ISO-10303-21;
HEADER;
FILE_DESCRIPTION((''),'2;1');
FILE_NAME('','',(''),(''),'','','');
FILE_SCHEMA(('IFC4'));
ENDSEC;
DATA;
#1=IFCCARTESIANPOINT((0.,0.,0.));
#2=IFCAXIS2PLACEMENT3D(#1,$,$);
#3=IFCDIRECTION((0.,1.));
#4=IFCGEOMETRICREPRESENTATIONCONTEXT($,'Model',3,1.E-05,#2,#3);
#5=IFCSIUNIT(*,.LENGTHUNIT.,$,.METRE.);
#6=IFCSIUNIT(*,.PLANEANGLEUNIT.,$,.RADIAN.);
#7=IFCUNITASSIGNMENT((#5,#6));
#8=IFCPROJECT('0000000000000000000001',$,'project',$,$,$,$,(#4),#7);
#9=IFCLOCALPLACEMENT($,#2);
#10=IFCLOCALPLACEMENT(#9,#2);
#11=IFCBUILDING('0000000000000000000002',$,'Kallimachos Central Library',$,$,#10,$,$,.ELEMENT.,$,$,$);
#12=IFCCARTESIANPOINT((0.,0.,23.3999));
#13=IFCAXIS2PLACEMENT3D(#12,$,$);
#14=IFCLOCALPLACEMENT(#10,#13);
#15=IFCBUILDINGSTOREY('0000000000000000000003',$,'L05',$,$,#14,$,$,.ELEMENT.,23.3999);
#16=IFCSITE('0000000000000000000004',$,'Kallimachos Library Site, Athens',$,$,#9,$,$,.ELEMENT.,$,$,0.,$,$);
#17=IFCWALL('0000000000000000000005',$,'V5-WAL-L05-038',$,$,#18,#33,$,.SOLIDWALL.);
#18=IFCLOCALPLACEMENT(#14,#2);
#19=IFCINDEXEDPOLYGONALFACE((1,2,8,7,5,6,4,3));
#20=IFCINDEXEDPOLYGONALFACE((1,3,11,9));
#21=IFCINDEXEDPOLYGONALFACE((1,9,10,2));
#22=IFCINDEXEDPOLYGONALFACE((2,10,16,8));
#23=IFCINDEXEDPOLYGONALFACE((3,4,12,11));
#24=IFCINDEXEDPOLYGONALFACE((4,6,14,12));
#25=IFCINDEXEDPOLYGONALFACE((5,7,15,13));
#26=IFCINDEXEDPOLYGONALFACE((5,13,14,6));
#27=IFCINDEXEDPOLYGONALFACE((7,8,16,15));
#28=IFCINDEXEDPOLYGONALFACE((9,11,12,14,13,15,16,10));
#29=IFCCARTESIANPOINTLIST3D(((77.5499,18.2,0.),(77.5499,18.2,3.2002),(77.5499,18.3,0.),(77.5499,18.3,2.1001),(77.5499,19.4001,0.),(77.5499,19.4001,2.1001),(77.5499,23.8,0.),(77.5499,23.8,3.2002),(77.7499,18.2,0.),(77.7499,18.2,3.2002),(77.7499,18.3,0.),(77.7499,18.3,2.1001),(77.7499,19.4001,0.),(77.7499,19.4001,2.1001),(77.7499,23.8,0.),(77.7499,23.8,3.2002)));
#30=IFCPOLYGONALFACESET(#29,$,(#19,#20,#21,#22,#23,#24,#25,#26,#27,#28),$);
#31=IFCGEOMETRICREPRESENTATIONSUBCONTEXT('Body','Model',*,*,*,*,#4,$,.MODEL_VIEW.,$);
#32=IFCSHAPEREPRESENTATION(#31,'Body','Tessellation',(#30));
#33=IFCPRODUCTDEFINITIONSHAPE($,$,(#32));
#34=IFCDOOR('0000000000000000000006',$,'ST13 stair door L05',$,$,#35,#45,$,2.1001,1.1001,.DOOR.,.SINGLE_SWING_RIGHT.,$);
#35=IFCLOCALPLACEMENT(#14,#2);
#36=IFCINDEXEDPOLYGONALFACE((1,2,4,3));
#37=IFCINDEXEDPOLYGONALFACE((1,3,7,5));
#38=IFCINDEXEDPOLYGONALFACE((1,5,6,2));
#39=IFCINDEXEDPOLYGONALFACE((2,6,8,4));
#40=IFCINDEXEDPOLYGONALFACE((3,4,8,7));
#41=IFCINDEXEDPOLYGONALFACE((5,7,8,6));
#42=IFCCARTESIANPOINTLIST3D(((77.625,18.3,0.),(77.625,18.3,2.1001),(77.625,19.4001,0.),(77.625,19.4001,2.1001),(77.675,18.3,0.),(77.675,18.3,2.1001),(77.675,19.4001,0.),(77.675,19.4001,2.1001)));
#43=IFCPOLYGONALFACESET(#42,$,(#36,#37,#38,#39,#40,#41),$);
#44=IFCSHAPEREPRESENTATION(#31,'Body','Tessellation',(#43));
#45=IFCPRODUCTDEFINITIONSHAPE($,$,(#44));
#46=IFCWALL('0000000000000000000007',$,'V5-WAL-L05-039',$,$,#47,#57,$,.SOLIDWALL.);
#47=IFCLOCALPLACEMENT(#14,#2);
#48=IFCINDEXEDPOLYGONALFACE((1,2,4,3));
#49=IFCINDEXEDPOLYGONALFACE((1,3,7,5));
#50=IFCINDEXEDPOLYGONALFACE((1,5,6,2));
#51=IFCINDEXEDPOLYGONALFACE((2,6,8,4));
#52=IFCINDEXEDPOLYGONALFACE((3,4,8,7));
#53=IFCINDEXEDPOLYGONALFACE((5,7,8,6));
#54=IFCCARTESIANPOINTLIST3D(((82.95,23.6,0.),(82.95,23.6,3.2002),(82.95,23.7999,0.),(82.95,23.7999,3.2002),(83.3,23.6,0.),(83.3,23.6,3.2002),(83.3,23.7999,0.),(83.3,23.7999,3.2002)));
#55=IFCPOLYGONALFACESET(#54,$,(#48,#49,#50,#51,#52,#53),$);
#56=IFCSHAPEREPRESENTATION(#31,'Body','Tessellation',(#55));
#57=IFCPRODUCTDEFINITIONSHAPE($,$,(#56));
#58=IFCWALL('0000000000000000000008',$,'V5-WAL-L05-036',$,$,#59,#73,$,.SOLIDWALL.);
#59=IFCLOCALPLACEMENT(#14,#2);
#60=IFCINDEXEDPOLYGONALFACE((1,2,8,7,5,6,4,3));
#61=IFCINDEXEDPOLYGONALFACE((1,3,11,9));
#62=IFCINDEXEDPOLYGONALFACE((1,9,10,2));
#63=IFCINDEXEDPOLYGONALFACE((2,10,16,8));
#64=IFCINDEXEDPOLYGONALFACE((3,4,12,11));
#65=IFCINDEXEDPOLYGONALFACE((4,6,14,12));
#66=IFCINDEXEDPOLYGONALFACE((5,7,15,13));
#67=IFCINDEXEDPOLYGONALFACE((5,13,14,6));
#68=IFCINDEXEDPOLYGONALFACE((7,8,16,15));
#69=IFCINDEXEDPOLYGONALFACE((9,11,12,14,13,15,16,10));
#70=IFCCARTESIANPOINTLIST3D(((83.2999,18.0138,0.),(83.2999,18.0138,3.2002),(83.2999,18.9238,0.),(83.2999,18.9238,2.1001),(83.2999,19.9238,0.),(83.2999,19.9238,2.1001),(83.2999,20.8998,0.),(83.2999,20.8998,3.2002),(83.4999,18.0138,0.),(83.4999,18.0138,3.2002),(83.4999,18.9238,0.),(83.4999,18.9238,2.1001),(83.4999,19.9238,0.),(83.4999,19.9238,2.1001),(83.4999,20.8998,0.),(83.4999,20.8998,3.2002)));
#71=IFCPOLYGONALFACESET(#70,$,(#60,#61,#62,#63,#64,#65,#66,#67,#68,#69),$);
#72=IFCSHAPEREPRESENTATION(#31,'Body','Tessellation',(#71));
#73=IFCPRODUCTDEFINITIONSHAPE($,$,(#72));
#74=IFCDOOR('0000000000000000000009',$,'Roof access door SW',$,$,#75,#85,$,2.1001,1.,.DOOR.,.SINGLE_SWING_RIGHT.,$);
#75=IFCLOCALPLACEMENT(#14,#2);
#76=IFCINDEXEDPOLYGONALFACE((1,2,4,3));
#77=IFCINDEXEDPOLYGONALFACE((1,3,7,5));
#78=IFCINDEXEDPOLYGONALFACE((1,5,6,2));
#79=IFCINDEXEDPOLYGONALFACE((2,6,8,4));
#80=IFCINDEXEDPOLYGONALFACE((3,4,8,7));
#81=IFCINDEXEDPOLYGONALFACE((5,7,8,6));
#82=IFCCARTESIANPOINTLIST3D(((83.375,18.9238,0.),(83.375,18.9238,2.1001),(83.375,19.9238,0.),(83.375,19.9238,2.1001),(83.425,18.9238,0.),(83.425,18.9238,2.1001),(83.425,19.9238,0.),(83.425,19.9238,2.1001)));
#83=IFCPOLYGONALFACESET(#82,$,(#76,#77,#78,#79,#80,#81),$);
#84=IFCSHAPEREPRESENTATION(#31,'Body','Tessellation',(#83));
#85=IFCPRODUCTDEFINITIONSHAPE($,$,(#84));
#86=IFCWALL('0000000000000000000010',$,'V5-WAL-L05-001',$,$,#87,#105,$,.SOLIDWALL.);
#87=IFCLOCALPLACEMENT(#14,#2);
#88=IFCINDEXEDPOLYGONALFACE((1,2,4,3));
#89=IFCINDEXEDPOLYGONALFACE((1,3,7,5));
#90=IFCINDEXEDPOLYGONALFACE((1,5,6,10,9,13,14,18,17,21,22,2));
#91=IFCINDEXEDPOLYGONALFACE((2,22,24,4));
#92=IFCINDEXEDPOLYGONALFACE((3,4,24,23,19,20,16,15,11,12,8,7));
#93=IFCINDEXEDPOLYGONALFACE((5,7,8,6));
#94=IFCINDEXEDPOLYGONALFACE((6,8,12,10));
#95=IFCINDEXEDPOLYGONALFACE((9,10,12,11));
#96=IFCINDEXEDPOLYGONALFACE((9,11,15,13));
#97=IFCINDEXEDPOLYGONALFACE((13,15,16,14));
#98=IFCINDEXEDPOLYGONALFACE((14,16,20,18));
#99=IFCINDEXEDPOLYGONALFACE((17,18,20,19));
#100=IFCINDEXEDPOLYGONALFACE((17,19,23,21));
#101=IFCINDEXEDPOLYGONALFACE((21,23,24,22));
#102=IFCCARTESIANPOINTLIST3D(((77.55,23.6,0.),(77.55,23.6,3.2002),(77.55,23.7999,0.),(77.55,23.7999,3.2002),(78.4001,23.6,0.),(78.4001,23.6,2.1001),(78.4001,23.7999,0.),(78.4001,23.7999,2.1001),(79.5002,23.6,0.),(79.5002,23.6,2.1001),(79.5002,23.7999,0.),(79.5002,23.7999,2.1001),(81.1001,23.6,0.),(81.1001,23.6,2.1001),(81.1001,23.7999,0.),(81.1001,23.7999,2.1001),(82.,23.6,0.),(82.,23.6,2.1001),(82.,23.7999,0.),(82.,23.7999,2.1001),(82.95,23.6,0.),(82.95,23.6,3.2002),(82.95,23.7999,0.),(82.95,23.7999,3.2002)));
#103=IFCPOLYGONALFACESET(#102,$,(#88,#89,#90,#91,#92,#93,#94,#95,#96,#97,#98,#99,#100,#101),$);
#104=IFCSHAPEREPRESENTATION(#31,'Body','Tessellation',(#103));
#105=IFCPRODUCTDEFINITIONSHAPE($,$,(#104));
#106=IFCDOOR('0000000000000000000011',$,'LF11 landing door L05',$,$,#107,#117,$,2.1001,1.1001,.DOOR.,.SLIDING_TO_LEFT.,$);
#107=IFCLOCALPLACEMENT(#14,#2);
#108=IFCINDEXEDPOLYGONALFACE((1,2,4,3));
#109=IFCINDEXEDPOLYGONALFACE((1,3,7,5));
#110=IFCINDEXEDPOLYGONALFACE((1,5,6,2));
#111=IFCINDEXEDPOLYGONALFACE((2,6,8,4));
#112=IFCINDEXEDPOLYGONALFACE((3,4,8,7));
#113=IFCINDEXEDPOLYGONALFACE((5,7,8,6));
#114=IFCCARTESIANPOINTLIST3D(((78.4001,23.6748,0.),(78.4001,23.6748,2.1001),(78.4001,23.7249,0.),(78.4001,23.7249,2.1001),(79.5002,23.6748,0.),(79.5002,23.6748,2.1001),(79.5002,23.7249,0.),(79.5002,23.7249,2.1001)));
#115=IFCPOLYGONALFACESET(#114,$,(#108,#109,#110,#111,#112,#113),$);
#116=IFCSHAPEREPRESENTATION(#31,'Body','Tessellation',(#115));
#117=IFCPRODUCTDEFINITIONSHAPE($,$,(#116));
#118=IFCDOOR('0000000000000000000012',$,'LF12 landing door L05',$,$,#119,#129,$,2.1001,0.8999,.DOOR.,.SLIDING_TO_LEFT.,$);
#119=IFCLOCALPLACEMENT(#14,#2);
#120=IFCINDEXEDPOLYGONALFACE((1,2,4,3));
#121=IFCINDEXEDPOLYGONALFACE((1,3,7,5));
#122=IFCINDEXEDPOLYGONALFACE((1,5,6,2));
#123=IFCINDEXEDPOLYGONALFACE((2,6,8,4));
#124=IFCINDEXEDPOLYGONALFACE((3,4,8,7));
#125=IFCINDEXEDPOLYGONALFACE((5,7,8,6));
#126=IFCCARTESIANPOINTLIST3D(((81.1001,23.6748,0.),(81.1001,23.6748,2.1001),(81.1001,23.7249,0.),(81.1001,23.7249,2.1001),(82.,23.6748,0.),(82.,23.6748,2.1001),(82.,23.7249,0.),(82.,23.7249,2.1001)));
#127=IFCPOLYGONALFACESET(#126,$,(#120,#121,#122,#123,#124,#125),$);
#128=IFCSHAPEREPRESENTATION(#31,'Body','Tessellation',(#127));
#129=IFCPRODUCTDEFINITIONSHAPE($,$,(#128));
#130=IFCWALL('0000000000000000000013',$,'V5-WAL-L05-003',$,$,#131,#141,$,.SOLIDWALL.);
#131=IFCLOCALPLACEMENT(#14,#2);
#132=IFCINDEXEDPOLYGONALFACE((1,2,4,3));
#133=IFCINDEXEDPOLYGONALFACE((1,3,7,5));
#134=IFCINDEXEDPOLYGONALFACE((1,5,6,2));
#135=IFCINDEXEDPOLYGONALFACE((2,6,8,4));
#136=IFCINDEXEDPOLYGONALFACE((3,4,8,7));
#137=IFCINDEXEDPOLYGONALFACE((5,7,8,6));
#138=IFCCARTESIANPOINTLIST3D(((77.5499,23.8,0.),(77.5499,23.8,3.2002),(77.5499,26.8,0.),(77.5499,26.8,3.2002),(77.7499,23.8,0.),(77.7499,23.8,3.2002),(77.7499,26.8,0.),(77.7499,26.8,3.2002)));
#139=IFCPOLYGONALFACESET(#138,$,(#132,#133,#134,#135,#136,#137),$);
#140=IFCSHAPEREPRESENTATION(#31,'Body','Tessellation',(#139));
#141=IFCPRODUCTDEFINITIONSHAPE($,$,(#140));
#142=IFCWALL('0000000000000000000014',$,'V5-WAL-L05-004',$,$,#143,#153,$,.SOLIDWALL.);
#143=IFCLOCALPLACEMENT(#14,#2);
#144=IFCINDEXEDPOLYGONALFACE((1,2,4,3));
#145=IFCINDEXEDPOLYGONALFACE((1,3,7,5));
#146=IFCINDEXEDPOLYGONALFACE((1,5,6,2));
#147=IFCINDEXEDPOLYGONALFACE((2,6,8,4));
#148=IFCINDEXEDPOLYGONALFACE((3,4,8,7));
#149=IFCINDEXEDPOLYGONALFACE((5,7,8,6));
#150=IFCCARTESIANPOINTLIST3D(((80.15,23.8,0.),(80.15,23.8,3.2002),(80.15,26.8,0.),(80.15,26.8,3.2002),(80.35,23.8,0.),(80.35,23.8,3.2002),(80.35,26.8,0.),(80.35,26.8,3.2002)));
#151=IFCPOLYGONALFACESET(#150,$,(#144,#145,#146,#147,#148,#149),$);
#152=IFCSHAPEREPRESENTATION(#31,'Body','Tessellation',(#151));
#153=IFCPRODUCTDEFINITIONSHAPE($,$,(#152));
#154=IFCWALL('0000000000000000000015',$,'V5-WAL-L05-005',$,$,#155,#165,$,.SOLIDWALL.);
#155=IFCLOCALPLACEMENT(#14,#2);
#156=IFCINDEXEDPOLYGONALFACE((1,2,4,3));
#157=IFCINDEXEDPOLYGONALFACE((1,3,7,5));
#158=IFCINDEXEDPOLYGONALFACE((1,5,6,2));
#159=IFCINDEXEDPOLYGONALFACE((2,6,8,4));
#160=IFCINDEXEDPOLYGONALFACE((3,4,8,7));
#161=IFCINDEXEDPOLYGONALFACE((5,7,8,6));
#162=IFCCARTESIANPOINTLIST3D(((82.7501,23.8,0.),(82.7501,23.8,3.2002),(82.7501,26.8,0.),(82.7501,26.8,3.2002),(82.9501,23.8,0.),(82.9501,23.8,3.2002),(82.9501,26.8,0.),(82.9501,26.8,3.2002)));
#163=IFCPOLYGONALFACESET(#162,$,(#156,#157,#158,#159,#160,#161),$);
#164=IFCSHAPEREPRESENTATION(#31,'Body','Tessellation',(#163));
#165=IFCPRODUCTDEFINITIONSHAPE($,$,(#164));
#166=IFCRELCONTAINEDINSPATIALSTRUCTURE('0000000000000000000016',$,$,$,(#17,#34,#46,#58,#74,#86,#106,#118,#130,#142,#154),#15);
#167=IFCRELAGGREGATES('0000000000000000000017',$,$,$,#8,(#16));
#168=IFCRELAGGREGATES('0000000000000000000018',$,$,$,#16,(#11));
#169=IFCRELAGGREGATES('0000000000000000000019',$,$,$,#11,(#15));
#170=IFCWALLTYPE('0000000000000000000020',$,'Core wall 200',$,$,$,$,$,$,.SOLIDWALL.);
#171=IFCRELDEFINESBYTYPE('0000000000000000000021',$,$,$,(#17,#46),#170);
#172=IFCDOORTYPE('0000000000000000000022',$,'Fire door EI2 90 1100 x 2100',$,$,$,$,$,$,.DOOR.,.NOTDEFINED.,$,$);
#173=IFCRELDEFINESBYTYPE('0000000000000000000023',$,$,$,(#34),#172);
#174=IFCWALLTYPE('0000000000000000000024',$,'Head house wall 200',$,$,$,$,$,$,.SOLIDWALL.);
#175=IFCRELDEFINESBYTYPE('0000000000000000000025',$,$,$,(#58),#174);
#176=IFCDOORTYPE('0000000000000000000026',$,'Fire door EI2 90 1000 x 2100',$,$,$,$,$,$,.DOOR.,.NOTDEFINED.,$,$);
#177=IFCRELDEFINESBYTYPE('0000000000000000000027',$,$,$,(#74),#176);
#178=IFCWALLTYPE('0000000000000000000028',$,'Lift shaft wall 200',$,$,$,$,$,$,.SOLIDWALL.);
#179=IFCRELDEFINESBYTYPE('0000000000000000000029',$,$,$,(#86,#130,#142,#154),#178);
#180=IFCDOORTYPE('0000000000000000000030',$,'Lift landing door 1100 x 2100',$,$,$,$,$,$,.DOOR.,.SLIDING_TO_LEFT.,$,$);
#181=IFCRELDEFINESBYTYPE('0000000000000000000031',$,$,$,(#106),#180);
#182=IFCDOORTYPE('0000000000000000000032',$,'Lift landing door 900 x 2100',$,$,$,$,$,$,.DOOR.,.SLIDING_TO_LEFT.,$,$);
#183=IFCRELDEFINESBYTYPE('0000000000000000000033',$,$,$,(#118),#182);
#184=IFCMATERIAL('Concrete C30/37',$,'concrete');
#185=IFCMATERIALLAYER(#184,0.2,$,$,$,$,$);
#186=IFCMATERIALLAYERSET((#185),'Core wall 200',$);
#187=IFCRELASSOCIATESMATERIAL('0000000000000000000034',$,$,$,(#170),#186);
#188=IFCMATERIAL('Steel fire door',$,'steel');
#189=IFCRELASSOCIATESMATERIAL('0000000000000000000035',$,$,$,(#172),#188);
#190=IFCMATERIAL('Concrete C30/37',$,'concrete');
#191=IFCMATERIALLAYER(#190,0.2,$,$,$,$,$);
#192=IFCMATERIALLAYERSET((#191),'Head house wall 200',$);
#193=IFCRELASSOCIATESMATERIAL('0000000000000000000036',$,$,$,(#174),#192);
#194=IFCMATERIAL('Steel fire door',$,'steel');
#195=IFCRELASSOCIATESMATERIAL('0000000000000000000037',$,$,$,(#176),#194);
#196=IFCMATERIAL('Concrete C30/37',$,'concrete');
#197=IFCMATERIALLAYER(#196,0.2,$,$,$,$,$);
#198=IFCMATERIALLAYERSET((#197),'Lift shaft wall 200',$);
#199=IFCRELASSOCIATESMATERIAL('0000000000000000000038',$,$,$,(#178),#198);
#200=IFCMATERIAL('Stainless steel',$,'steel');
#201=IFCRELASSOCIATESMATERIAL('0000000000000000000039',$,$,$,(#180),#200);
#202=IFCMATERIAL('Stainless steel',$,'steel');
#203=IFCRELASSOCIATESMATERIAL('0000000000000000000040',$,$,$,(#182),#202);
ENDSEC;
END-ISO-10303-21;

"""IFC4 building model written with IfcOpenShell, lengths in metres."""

from ifc_helpers import new_model, si_unit, direction, frame, frame_2d, origin, place, context, subcontext, project, spatial, rectangle, extrude, material, layer, layer_set, type_object, element, fill, save


model = new_model("IFC4")

# Units and contexts
model_context = context("Model", 3, precision=1e-05, world=origin(), true_north=direction((0.0, 1.0)))
body_context = subcontext(model_context, "Body", "Model", "MODEL_VIEW")
ifc_project = project(units=[si_unit("LENGTHUNIT", "METRE"), si_unit("PLANEANGLEUNIT", "RADIAN")], contexts=[model_context])

# Site, building, storey
site_placement = place(None, origin())
site = spatial("IfcSite", under=ifc_project, at=site_placement, Name="Kallimachos Library Site, Athens", CompositionType="ELEMENT", RefElevation=0.0)
building_placement = place(site_placement, origin())
building = spatial("IfcBuilding", under=site, at=building_placement, Name="Kallimachos Central Library", CompositionType="ELEMENT")
storey_placement = place(building_placement, frame((0.0, 0.0, 23.3999)))
storey = spatial("IfcBuildingStorey", under=building, at=storey_placement, Name="L05", CompositionType="ELEMENT", Elevation=23.3999)

# Wall, opening, door
ifc_material_1 = material(Name="Concrete C30/37", Category="concrete")
ifc_layer_1 = layer(ifc_material_1, 0.2)
ifc_layer_set_1 = layer_set([ifc_layer_1], Name="Core wall 200")
wall_type_1 = type_object("IfcWallType", Name="Core wall 200", PredefinedType="SOLIDWALL", material=ifc_layer_set_1)
wall_1_placement = place(storey_placement, frame((77.6499, 18.2, 0.0), z_axis=(0.0, 0.0, 1.0), x_axis=(0.0, 1.0, 0.0)))
wall_1 = element("IfcWall", 1, at=wall_1_placement, inside=storey, type_object=wall_type_1, Name="V5-WAL-L05-038", PredefinedType="SOLIDWALL", context=body_context, shape_type="SweptSolid", body=[
    extrude(rectangle(XDim=5.6001, YDim=0.2, at=frame_2d((2.8, 0.0))), origin(), (0.0, 0.0, 1.0), 3.2002),
])
opening_1_placement = place(wall_1_placement, frame((0.1001, 0.0, 0.0)))
opening_1 = element("IfcOpeningElement", 2, at=opening_1_placement, cuts=wall_1, PredefinedType="OPENING", context=body_context, shape_type="SweptSolid", body=[
    extrude(rectangle(XDim=1.1001, YDim=2.1001, at=frame_2d((0.55, 1.05))), frame((0.0, 0.1099, 0.0), z_axis=(0.0, -1.0, 0.0), x_axis=(1.0, 0.0, 0.0)), (0.0, 0.0, 1.0), 0.22),
])
ifc_material_2 = material(Name="Steel fire door", Category="steel")
door_type_1 = type_object("IfcDoorType", Name="Fire door EI2 90 1100 x 2100", OperationType="NOTDEFINED", PredefinedType="DOOR", material=ifc_material_2)
door_1_placement = place(opening_1_placement, origin())
door_1 = element("IfcDoor", 3, at=door_1_placement, inside=storey, type_object=door_type_1, Name="ST13 stair door L05", OperationType="SINGLE_SWING_RIGHT", OverallHeight=2.1001, OverallWidth=1.1001, PredefinedType="DOOR", context=body_context, shape_type="SweptSolid", body=[
    extrude(rectangle(XDim=1.1001, YDim=2.1001, at=frame_2d((0.55, 1.05))), frame((0.0, 0.0249, 0.0), z_axis=(0.0, -1.0, 0.0), x_axis=(1.0, 0.0, 0.0)), (0.0, 0.0, 1.0), 0.05),
])
fill(opening_1, door_1)

# Wall
wall_2_placement = place(storey_placement, frame((82.95, 23.7, 0.0), z_axis=(0.0, 0.0, 1.0), x_axis=(1.0, 0.0, 0.0)))
element("IfcWall", 4, at=wall_2_placement, inside=storey, type_object=wall_type_1, Name="V5-WAL-L05-039", PredefinedType="SOLIDWALL", context=body_context, shape_type="SweptSolid", body=[
    extrude(rectangle(XDim=0.3501, YDim=0.2, at=frame_2d((0.175, 0.0))), origin(), (0.0, 0.0, 1.0), 3.2002),
])

# Wall, opening, door
ifc_material_3 = material(Name="Concrete C30/37", Category="concrete")
ifc_layer_2 = layer(ifc_material_3, 0.2)
ifc_layer_set_2 = layer_set([ifc_layer_2], Name="Head house wall 200")
wall_type_2 = type_object("IfcWallType", Name="Head house wall 200", PredefinedType="SOLIDWALL", material=ifc_layer_set_2)
wall_3_placement = place(storey_placement, frame((83.3999, 18.0139, 0.0), z_axis=(0.0, 0.0, 1.0), x_axis=(0.0, 1.0, 0.0)))
wall_3 = element("IfcWall", 5, at=wall_3_placement, inside=storey, type_object=wall_type_2, Name="V5-WAL-L05-036", PredefinedType="SOLIDWALL", context=body_context, shape_type="SweptSolid", body=[
    extrude(rectangle(XDim=2.886, YDim=0.2, at=frame_2d((1.4429, 0.0))), origin(), (0.0, 0.0, 1.0), 3.2002),
])
opening_2_placement = place(wall_3_placement, frame((0.9099, 0.0, 0.0)))
opening_2 = element("IfcOpeningElement", 6, at=opening_2_placement, cuts=wall_3, PredefinedType="OPENING", context=body_context, shape_type="SweptSolid", body=[
    extrude(rectangle(XDim=1.0, YDim=2.1001, at=frame_2d((0.5, 1.05))), frame((0.0, 0.1099, 0.0), z_axis=(0.0, -1.0, 0.0), x_axis=(1.0, 0.0, 0.0)), (0.0, 0.0, 1.0), 0.22),
])
ifc_material_4 = material(Name="Steel fire door", Category="steel")
door_type_2 = type_object("IfcDoorType", Name="Fire door EI2 90 1000 x 2100", OperationType="NOTDEFINED", PredefinedType="DOOR", material=ifc_material_4)
door_2_placement = place(opening_2_placement, origin())
door_2 = element("IfcDoor", 7, at=door_2_placement, inside=storey, type_object=door_type_2, Name="Roof access door SW", OperationType="SINGLE_SWING_RIGHT", OverallHeight=2.1001, OverallWidth=1.0, PredefinedType="DOOR", context=body_context, shape_type="SweptSolid", body=[
    extrude(rectangle(XDim=1.0, YDim=2.1001, at=frame_2d((0.5, 1.05))), frame((0.0, 0.0249, 0.0), z_axis=(0.0, -1.0, 0.0), x_axis=(1.0, 0.0, 0.0)), (0.0, 0.0, 1.0), 0.05),
])
fill(opening_2, door_2)

# Wall, openings, doors
ifc_material_5 = material(Name="Concrete C30/37", Category="concrete")
ifc_layer_3 = layer(ifc_material_5, 0.2)
ifc_layer_set_3 = layer_set([ifc_layer_3], Name="Lift shaft wall 200")
wall_type_3 = type_object("IfcWallType", Name="Lift shaft wall 200", PredefinedType="SOLIDWALL", material=ifc_layer_set_3)
wall_4_placement = place(storey_placement, frame((77.55, 23.7, 0.0), z_axis=(0.0, 0.0, 1.0), x_axis=(1.0, 0.0, 0.0)))
wall_4 = element("IfcWall", 8, at=wall_4_placement, inside=storey, type_object=wall_type_3, Name="V5-WAL-L05-001", PredefinedType="SOLIDWALL", context=body_context, shape_type="SweptSolid", body=[
    extrude(rectangle(XDim=5.3999, YDim=0.2, at=frame_2d((2.7, 0.0))), origin(), (0.0, 0.0, 1.0), 3.2002),
])
opening_3_placement = place(wall_4_placement, frame((0.8501, 0.0, 0.0)))
opening_3 = element("IfcOpeningElement", 9, at=opening_3_placement, cuts=wall_4, PredefinedType="OPENING", context=body_context, shape_type="SweptSolid", body=[
    extrude(rectangle(XDim=1.1001, YDim=2.1001, at=frame_2d((0.55, 1.05))), frame((0.0, 0.1099, 0.0), z_axis=(0.0, -1.0, 0.0), x_axis=(1.0, 0.0, 0.0)), (0.0, 0.0, 1.0), 0.22),
])
opening_4_placement = place(wall_4_placement, frame((3.55, 0.0, 0.0)))
opening_4 = element("IfcOpeningElement", 10, at=opening_4_placement, cuts=wall_4, PredefinedType="OPENING", context=body_context, shape_type="SweptSolid", body=[
    extrude(rectangle(XDim=0.8999, YDim=2.1001, at=frame_2d((0.45, 1.05))), frame((0.0, 0.1099, 0.0), z_axis=(0.0, -1.0, 0.0), x_axis=(1.0, 0.0, 0.0)), (0.0, 0.0, 1.0), 0.22),
])
ifc_material_6 = material(Name="Stainless steel", Category="steel")
door_type_3 = type_object("IfcDoorType", Name="Lift landing door 1100 x 2100", OperationType="SLIDING_TO_LEFT", PredefinedType="DOOR", material=ifc_material_6)
door_3_placement = place(opening_3_placement, origin())
door_3 = element("IfcDoor", 11, at=door_3_placement, inside=storey, type_object=door_type_3, Name="LF11 landing door L05", OperationType="SLIDING_TO_LEFT", OverallHeight=2.1001, OverallWidth=1.1001, PredefinedType="DOOR", context=body_context, shape_type="SweptSolid", body=[
    extrude(rectangle(XDim=1.1001, YDim=2.1001, at=frame_2d((0.55, 1.05))), frame((0.0, 0.0249, 0.0), z_axis=(0.0, -1.0, 0.0), x_axis=(1.0, 0.0, 0.0)), (0.0, 0.0, 1.0), 0.05),
])
fill(opening_3, door_3)
ifc_material_7 = material(Name="Stainless steel", Category="steel")
door_type_4 = type_object("IfcDoorType", Name="Lift landing door 900 x 2100", OperationType="SLIDING_TO_LEFT", PredefinedType="DOOR", material=ifc_material_7)
door_4_placement = place(opening_4_placement, origin())
door_4 = element("IfcDoor", 12, at=door_4_placement, inside=storey, type_object=door_type_4, Name="LF12 landing door L05", OperationType="SLIDING_TO_LEFT", OverallHeight=2.1001, OverallWidth=0.8999, PredefinedType="DOOR", context=body_context, shape_type="SweptSolid", body=[
    extrude(rectangle(XDim=0.8999, YDim=2.1001, at=frame_2d((0.45, 1.05))), frame((0.0, 0.0249, 0.0), z_axis=(0.0, -1.0, 0.0), x_axis=(1.0, 0.0, 0.0)), (0.0, 0.0, 1.0), 0.05),
])
fill(opening_4, door_4)

# Walls
for number, where, z_axis, x_axis, name in (
    (13, (77.6499, 23.8, 0.0), (0.0, 0.0, 1.0), (0.0, 1.0, 0.0), "V5-WAL-L05-003"),
    (14, (80.25, 23.8, 0.0), (0.0, 0.0, 1.0), (0.0, 1.0, 0.0), "V5-WAL-L05-004"),
    (15, (82.8501, 23.8, 0.0), (0.0, 0.0, 1.0), (0.0, 1.0, 0.0), "V5-WAL-L05-005"),
):
    element("IfcWall", number, at=place(storey_placement, frame(where, z_axis=z_axis, x_axis=x_axis)), inside=storey, type_object=wall_type_3, Name=name, PredefinedType="SOLIDWALL", context=body_context, shape_type="SweptSolid", body=[
        extrude(rectangle(XDim=3.0, YDim=0.2, at=frame_2d((1.5, 0.0))), origin(), (0.0, 0.0, 1.0), 3.2002),
    ])

save(model, "model.ifc")
